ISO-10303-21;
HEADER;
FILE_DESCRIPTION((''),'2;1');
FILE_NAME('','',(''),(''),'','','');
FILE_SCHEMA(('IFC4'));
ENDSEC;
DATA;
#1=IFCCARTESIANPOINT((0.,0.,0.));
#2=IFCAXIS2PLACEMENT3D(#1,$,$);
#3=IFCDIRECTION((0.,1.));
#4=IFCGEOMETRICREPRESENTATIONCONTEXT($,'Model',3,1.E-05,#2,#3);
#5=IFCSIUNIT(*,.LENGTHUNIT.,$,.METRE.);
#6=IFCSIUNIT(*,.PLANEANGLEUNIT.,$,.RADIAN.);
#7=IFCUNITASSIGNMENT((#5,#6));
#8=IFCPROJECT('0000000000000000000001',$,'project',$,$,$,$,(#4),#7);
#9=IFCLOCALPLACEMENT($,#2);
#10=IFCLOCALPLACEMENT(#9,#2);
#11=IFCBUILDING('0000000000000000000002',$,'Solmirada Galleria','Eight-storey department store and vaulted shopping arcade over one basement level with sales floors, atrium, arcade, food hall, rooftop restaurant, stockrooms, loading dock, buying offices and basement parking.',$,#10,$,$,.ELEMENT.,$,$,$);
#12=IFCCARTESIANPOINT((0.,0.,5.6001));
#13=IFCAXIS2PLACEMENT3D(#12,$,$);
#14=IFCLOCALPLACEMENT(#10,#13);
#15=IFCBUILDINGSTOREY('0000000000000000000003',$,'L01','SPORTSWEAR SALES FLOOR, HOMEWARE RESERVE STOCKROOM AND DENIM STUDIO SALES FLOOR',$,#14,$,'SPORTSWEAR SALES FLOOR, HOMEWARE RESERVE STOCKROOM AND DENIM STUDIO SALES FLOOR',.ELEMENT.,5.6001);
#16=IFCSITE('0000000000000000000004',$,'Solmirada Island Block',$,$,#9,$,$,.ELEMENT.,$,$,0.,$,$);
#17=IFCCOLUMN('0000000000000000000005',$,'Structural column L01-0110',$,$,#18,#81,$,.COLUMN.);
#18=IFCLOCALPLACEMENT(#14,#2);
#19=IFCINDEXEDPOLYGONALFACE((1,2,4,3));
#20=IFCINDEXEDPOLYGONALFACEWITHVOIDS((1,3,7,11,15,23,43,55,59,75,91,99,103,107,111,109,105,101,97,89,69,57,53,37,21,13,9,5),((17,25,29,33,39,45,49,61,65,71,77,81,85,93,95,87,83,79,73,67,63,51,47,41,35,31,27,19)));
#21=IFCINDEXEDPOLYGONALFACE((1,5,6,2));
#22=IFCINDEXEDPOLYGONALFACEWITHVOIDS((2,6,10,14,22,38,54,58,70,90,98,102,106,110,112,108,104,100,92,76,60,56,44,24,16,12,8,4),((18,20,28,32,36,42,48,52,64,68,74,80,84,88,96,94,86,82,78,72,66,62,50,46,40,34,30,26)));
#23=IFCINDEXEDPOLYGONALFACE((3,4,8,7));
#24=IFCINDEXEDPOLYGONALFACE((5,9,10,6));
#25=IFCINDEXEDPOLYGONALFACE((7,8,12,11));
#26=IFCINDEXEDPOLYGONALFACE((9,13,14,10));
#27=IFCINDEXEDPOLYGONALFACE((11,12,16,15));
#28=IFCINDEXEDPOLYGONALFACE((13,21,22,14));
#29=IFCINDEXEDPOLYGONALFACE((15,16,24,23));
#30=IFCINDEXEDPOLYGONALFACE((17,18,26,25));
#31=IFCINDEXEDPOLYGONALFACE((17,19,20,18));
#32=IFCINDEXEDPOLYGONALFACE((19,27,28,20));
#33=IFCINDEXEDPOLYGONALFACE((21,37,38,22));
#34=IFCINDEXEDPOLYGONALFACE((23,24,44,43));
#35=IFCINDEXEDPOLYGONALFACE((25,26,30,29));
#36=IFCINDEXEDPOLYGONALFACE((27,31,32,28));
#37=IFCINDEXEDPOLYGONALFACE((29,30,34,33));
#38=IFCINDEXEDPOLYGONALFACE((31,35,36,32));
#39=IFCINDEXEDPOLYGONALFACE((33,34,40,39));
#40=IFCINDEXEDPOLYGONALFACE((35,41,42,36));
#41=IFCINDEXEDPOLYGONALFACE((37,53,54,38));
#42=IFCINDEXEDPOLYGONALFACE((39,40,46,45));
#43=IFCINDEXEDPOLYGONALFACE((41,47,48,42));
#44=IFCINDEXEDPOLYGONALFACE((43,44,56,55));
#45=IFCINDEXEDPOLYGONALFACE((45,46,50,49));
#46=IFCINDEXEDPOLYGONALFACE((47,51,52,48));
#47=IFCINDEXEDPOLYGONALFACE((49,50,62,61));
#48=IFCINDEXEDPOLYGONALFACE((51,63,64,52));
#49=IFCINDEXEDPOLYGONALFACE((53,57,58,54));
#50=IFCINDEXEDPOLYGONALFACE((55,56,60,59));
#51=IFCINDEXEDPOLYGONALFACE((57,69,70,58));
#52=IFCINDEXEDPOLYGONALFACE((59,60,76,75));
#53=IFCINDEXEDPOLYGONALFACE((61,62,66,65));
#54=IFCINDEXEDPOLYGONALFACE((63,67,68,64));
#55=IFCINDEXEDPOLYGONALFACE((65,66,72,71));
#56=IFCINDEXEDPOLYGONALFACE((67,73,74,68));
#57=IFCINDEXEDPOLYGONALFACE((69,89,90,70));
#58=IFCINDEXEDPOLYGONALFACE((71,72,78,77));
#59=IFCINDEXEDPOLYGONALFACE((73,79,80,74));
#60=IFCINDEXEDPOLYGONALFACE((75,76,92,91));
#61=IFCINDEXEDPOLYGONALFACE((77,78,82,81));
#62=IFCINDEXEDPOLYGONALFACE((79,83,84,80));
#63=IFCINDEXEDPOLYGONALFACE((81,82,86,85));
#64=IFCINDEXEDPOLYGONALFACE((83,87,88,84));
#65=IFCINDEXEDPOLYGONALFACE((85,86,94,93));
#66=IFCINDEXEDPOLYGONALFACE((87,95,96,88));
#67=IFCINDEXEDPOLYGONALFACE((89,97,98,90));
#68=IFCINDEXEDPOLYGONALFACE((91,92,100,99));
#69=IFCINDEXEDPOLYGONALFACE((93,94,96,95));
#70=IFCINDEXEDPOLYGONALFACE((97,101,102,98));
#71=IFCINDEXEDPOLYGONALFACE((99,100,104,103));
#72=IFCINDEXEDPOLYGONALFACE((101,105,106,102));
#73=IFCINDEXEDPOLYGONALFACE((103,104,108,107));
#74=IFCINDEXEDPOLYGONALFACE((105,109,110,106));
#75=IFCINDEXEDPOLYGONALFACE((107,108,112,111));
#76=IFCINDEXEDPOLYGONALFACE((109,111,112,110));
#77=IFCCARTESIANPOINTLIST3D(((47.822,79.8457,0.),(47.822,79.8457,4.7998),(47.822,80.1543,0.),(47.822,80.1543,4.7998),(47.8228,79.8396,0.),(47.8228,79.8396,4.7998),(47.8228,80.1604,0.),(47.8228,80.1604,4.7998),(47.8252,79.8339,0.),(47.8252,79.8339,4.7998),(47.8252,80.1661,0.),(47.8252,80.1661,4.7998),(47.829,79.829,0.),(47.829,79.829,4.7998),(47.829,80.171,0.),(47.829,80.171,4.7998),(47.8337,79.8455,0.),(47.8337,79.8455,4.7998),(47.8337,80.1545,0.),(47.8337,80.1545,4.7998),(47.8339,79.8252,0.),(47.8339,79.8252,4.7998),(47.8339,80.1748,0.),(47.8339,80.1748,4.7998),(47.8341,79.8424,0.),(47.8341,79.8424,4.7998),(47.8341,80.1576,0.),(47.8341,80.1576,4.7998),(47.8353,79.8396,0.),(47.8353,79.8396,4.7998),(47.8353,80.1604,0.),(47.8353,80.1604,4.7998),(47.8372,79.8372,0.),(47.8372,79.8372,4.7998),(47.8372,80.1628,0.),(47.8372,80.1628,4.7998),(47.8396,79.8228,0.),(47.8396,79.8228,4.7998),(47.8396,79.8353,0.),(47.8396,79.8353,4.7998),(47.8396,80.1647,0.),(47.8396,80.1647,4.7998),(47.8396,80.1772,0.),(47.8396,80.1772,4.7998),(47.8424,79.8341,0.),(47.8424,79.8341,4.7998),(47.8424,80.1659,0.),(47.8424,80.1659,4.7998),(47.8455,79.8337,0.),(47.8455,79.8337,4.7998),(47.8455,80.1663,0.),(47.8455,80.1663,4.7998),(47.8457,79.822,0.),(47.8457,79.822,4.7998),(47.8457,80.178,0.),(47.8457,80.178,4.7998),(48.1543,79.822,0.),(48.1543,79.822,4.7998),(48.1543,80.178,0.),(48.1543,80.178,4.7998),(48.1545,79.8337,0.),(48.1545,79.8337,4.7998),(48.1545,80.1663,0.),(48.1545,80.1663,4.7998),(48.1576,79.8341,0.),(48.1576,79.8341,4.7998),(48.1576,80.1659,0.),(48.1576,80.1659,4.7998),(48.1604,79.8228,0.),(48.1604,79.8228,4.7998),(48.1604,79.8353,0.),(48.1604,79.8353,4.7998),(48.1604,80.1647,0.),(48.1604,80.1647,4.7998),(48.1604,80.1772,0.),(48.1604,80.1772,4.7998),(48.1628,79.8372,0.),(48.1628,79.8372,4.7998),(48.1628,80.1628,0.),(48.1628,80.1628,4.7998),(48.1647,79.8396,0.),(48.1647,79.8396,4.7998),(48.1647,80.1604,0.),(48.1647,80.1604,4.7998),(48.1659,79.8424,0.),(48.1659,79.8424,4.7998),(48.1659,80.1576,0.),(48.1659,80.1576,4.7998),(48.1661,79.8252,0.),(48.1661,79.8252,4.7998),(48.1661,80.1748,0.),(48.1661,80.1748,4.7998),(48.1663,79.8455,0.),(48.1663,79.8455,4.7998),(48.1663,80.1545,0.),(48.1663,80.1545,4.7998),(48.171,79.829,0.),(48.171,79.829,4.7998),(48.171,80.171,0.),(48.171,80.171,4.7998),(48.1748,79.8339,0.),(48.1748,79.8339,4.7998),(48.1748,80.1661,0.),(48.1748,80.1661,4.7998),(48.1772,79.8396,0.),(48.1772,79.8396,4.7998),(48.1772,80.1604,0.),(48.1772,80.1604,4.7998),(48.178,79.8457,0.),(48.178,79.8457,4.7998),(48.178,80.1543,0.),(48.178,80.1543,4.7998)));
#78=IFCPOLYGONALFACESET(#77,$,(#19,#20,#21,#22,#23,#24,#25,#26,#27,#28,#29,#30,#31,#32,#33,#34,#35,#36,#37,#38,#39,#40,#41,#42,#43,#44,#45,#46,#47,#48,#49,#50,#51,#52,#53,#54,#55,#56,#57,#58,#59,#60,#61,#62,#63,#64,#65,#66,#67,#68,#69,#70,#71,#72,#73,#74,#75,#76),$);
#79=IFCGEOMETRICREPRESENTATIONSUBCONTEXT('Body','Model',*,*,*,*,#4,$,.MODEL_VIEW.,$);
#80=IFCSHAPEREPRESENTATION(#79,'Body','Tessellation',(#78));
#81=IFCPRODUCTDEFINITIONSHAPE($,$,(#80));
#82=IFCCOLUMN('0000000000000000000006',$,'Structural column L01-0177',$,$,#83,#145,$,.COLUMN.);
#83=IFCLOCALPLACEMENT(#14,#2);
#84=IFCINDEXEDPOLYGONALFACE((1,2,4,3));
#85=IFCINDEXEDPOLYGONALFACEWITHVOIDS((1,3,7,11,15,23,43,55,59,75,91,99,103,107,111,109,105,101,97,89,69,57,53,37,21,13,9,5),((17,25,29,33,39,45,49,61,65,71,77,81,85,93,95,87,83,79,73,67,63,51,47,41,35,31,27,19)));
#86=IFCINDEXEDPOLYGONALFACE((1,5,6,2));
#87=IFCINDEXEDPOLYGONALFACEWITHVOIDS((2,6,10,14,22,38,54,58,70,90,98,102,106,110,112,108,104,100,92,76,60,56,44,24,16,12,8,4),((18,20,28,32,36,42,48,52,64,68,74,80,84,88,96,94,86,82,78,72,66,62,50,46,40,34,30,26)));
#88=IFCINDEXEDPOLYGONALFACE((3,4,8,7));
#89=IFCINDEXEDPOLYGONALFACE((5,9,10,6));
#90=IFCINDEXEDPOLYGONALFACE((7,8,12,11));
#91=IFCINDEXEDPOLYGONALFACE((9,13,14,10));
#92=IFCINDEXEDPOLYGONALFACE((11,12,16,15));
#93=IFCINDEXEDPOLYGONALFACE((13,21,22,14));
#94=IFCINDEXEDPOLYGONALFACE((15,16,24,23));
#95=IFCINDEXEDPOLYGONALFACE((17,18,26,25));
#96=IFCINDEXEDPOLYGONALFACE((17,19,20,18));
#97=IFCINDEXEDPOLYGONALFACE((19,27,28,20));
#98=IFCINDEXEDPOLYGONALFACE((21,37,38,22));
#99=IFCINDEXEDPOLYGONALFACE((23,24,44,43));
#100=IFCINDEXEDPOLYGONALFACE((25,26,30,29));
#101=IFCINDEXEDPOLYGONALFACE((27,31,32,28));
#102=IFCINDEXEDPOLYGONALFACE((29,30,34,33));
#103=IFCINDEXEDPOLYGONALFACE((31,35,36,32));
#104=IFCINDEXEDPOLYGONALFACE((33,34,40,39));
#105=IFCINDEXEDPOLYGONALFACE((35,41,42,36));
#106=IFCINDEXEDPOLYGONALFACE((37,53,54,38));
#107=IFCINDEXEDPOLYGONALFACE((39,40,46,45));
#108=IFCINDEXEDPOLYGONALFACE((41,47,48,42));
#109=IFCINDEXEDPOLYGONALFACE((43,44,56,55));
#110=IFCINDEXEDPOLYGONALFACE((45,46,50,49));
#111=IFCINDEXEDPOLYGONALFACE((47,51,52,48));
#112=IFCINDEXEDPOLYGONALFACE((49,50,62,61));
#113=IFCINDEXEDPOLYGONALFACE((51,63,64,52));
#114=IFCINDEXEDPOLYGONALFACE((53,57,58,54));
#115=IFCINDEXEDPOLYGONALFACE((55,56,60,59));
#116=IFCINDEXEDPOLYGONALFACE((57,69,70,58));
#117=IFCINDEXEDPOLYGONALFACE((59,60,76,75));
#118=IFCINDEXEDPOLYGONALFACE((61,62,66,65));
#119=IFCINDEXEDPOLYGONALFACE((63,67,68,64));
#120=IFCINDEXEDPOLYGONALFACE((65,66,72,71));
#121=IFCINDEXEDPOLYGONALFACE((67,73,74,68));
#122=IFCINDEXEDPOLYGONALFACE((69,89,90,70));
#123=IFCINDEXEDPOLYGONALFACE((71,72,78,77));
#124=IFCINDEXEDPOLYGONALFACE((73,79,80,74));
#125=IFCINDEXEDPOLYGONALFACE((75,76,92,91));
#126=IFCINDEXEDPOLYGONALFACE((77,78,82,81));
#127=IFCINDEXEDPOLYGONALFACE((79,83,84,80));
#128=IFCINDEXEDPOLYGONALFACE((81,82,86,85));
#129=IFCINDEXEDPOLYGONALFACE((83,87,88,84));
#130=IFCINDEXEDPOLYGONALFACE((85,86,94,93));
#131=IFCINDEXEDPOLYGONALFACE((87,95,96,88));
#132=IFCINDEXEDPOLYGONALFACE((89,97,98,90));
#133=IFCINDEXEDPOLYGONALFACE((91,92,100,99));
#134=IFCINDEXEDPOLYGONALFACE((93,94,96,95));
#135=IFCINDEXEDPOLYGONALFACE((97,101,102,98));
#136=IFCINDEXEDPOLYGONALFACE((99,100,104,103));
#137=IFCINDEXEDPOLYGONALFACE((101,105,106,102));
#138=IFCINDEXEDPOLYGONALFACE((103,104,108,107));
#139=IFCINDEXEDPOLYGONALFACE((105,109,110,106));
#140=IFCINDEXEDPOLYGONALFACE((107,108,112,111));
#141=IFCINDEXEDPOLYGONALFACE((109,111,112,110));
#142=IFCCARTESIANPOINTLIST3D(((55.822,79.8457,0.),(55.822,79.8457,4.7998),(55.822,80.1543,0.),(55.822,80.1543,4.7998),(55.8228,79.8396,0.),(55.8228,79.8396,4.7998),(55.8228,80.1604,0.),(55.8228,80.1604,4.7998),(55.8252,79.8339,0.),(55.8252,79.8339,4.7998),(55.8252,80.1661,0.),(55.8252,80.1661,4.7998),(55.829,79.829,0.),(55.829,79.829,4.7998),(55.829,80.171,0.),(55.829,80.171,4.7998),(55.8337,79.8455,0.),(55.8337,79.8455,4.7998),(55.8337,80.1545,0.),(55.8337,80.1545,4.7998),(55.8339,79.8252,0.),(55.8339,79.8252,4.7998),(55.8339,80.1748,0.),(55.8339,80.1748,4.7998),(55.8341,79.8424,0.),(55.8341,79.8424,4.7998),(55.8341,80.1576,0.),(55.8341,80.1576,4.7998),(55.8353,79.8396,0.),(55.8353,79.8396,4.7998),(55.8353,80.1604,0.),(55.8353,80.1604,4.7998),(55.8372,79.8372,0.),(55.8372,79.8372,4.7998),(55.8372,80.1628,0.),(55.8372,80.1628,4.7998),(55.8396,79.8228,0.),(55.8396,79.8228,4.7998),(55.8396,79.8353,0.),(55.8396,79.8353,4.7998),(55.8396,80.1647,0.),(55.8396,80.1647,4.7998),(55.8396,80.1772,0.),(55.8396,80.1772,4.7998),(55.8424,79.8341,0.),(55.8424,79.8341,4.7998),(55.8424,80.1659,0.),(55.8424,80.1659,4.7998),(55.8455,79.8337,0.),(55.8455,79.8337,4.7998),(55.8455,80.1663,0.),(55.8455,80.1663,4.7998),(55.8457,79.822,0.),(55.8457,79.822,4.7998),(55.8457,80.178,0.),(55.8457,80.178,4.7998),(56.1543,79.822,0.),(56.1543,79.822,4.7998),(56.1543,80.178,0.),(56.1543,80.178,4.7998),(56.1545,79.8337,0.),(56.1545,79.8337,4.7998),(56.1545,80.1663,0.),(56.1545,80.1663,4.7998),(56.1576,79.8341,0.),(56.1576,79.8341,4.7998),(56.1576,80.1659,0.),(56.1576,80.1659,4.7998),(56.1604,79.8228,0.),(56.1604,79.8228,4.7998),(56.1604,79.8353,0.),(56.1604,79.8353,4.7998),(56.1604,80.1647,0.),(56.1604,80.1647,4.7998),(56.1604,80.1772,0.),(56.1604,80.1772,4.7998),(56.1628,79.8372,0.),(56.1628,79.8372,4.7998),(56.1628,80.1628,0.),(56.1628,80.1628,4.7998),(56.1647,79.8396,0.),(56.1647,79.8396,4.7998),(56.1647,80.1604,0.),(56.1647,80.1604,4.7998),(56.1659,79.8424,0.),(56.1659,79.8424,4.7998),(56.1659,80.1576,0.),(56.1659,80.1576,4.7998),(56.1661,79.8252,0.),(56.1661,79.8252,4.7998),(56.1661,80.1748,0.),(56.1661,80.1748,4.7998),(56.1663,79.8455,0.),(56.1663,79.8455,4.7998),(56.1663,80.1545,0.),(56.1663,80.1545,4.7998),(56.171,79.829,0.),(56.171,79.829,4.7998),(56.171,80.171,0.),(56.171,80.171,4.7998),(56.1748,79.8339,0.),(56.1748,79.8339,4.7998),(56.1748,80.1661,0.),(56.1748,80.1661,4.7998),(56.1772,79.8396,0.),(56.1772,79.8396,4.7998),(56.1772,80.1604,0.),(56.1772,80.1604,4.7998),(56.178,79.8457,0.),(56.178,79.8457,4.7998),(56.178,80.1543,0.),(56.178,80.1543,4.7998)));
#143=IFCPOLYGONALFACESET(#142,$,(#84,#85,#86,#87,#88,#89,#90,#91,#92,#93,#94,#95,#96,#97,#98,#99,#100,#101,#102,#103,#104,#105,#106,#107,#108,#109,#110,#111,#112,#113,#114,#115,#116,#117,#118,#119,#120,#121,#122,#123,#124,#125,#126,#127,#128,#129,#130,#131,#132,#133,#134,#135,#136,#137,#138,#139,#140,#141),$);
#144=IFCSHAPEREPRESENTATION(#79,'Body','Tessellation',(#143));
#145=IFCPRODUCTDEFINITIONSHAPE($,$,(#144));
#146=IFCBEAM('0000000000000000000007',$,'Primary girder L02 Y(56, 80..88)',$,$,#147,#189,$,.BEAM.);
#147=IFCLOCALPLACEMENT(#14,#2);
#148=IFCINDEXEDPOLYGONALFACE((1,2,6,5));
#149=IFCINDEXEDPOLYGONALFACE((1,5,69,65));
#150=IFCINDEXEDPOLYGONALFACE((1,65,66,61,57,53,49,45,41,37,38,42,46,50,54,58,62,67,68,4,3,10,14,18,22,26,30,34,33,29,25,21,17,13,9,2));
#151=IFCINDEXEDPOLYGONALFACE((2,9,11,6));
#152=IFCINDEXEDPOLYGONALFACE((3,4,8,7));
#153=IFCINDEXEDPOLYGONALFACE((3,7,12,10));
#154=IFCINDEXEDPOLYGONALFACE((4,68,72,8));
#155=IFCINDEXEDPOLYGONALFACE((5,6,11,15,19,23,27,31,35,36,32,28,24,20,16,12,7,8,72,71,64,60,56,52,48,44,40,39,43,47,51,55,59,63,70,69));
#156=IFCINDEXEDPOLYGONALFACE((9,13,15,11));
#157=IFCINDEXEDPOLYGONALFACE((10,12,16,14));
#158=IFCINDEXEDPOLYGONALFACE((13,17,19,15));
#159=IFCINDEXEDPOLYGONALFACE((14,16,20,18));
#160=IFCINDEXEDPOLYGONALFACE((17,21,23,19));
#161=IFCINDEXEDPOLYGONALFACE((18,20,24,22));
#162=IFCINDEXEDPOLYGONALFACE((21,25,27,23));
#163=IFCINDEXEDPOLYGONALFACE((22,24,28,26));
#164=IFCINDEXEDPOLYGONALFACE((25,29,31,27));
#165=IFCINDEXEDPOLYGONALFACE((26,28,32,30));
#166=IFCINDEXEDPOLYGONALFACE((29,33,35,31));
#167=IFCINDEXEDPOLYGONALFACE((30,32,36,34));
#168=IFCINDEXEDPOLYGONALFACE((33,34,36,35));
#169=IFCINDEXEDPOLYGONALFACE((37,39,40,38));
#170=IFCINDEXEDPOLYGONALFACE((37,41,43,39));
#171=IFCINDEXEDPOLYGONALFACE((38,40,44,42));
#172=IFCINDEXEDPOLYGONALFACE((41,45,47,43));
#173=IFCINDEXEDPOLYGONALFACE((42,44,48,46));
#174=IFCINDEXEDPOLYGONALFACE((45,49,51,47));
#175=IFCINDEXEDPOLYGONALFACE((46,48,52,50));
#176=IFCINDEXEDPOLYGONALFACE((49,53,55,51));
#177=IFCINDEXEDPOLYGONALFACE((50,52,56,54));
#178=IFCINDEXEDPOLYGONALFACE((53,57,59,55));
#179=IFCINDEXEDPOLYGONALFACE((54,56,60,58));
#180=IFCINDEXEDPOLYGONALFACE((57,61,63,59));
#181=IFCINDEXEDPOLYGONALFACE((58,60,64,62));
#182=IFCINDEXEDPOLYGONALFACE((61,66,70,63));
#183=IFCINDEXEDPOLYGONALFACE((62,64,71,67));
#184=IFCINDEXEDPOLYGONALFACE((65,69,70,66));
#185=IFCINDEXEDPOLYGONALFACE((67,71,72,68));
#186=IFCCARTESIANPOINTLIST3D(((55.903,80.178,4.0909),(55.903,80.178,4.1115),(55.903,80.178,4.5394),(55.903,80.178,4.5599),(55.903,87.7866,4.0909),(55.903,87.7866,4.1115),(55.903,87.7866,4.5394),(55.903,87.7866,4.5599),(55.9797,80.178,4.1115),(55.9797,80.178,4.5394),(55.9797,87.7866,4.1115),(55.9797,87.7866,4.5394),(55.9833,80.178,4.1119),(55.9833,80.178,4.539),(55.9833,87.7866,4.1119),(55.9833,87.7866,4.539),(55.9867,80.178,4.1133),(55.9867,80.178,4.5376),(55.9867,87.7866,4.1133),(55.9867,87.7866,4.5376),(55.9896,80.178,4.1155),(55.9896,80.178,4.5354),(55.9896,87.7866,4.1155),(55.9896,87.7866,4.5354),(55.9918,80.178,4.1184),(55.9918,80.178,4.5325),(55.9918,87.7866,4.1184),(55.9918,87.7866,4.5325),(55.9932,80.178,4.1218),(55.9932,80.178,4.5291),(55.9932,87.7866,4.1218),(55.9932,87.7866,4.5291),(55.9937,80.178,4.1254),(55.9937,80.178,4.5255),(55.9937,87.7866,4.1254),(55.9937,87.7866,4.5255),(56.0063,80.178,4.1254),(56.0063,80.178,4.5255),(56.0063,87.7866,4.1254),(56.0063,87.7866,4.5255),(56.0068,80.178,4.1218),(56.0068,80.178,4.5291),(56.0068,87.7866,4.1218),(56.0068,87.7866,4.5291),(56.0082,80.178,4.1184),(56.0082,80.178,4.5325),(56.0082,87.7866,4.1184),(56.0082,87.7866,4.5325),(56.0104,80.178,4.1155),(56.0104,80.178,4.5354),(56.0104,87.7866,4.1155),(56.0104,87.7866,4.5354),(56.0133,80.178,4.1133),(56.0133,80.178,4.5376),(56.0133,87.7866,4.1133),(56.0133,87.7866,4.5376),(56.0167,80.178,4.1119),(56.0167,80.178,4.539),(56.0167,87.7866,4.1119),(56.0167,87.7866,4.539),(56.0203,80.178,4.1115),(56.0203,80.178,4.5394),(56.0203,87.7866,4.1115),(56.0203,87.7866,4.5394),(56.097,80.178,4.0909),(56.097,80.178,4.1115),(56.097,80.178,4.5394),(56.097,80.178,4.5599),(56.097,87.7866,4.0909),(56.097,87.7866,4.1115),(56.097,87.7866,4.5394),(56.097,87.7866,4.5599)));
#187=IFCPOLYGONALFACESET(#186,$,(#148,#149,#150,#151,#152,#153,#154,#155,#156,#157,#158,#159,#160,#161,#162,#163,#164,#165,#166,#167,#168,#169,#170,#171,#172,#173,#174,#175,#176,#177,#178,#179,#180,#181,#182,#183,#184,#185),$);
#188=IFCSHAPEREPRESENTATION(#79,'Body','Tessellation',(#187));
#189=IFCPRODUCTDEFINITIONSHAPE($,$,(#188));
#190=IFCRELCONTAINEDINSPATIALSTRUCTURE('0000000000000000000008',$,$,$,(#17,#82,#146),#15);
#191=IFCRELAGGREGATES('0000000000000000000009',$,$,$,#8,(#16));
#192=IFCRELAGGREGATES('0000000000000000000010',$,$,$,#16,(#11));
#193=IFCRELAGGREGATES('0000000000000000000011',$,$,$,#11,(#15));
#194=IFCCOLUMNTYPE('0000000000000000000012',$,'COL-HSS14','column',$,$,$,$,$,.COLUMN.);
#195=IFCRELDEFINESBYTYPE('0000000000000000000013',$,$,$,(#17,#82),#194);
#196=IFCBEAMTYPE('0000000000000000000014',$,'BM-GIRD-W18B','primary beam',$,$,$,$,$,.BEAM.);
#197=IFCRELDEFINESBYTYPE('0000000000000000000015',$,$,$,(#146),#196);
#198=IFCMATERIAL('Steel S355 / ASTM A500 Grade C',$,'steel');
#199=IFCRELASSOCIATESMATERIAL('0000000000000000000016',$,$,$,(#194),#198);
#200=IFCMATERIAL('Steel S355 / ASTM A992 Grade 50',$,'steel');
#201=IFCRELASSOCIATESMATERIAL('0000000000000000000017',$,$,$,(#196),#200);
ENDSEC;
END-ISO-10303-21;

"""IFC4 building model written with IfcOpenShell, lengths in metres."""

from ifc_helpers import new_model, si_unit, direction, frame, origin, origin_2d, place, context, subcontext, project, spatial, hollow_rectangle, i_section, extrude, material, material_profile, profile_set, type_object, element, save


model = new_model("IFC4")

# Units and contexts
model_context = context("Model", 3, precision=1e-05, world=origin(), true_north=direction((0.0, 1.0)))
body_context = subcontext(model_context, "Body", "Model", "MODEL_VIEW")
ifc_project = project(units=[si_unit("LENGTHUNIT", "METRE"), si_unit("PLANEANGLEUNIT", "RADIAN")], contexts=[model_context])

# Site, building, storey
site_placement = place(None, origin())
site = spatial("IfcSite", under=ifc_project, at=site_placement, Name="Solmirada Island Block", CompositionType="ELEMENT", RefElevation=0.0)
building_placement = place(site_placement, origin())
building = spatial("IfcBuilding", under=site, at=building_placement, Name="Solmirada Galleria", Description="Eight-storey department store and vaulted shopping arcade over one basement level with sales floors, atrium, arcade, food hall, rooftop restaurant, stockrooms, loading dock, buying offices and basement parking.", CompositionType="ELEMENT")
storey_placement = place(building_placement, frame((0.0, 0.0, 5.6001)))
storey = spatial("IfcBuildingStorey", under=building, at=storey_placement, Name="L01", Description="SPORTSWEAR SALES FLOOR, HOMEWARE RESERVE STOCKROOM AND DENIM STUDIO SALES FLOOR", LongName="SPORTSWEAR SALES FLOOR, HOMEWARE RESERVE STOCKROOM AND DENIM STUDIO SALES FLOOR", CompositionType="ELEMENT", Elevation=5.6001)

# Columns
ifc_material_1 = material(Name="Steel S355 / ASTM A500 Grade C", Category="steel")
ifc_material_profile_1 = material_profile(ifc_material_1, hollow_rectangle(XDim=0.356, YDim=0.356, WallThickness=0.0117, InnerFilletRadius=0.0117, OuterFilletRadius=0.0237, at=origin_2d()), Name="HSS14X14X1/2")
ifc_profile_set_1 = profile_set([ifc_material_profile_1], Name="Steel S355 / ASTM A500 Grade C")
column_type = type_object("IfcColumnType", Name="COL-HSS14", Description="column", PredefinedType="COLUMN", material=ifc_profile_set_1)
for number, where, z_axis, x_axis, name in (
    (1, (48.0, 80.0, 0.0), (0.0, 0.0, 1.0), (1.0, 0.0, 0.0), "Structural column L01-0110"),
    (2, (56.0, 80.0, 0.0), (0.0, 0.0, 1.0), (1.0, 0.0, 0.0), "Structural column L01-0177"),
):
    element("IfcColumn", number, at=place(storey_placement, frame(where, z_axis=z_axis, x_axis=x_axis)), inside=storey, type_object=column_type, Name=name, PredefinedType="COLUMN", context=body_context, shape_type="SweptSolid", body=[
        extrude(hollow_rectangle(XDim=0.356, YDim=0.356, WallThickness=0.0117, InnerFilletRadius=0.0117, OuterFilletRadius=0.0237, at=origin_2d()), origin(), (0.0, 0.0, 1.0), 4.7998),
    ])

# Beam
ifc_material_2 = material(Name="Steel S355 / ASTM A992 Grade 50", Category="steel")
ifc_material_profile_2 = material_profile(ifc_material_2, i_section(OverallWidth=0.1941, OverallDepth=0.469, WebThickness=0.0127, FlangeThickness=0.0205, FilletRadius=0.0139, at=origin_2d()), Name="W18X71")
ifc_profile_set_2 = profile_set([ifc_material_profile_2], Name="Steel S355 / ASTM A992 Grade 50")
beam_type_1 = type_object("IfcBeamType", Name="BM-GIRD-W18B", Description="primary beam", PredefinedType="BEAM", material=ifc_profile_set_2)
beam_1_placement = place(storey_placement, frame((56.0, 80.178, 4.3254), z_axis=(0.0, 1.0, 0.0), x_axis=(-1.0, 0.0, 0.0)))
element("IfcBeam", 3, at=beam_1_placement, inside=storey, type_object=beam_type_1, Name="Primary girder L02 Y(56, 80..88)", PredefinedType="BEAM", context=body_context, shape_type="SweptSolid", body=[
    extrude(i_section(OverallWidth=0.1941, OverallDepth=0.469, WebThickness=0.0127, FlangeThickness=0.0205, FilletRadius=0.0139, at=origin_2d()), origin(), (0.0, 0.0, 1.0), 7.6086),
])

save(model, "model.ifc")
